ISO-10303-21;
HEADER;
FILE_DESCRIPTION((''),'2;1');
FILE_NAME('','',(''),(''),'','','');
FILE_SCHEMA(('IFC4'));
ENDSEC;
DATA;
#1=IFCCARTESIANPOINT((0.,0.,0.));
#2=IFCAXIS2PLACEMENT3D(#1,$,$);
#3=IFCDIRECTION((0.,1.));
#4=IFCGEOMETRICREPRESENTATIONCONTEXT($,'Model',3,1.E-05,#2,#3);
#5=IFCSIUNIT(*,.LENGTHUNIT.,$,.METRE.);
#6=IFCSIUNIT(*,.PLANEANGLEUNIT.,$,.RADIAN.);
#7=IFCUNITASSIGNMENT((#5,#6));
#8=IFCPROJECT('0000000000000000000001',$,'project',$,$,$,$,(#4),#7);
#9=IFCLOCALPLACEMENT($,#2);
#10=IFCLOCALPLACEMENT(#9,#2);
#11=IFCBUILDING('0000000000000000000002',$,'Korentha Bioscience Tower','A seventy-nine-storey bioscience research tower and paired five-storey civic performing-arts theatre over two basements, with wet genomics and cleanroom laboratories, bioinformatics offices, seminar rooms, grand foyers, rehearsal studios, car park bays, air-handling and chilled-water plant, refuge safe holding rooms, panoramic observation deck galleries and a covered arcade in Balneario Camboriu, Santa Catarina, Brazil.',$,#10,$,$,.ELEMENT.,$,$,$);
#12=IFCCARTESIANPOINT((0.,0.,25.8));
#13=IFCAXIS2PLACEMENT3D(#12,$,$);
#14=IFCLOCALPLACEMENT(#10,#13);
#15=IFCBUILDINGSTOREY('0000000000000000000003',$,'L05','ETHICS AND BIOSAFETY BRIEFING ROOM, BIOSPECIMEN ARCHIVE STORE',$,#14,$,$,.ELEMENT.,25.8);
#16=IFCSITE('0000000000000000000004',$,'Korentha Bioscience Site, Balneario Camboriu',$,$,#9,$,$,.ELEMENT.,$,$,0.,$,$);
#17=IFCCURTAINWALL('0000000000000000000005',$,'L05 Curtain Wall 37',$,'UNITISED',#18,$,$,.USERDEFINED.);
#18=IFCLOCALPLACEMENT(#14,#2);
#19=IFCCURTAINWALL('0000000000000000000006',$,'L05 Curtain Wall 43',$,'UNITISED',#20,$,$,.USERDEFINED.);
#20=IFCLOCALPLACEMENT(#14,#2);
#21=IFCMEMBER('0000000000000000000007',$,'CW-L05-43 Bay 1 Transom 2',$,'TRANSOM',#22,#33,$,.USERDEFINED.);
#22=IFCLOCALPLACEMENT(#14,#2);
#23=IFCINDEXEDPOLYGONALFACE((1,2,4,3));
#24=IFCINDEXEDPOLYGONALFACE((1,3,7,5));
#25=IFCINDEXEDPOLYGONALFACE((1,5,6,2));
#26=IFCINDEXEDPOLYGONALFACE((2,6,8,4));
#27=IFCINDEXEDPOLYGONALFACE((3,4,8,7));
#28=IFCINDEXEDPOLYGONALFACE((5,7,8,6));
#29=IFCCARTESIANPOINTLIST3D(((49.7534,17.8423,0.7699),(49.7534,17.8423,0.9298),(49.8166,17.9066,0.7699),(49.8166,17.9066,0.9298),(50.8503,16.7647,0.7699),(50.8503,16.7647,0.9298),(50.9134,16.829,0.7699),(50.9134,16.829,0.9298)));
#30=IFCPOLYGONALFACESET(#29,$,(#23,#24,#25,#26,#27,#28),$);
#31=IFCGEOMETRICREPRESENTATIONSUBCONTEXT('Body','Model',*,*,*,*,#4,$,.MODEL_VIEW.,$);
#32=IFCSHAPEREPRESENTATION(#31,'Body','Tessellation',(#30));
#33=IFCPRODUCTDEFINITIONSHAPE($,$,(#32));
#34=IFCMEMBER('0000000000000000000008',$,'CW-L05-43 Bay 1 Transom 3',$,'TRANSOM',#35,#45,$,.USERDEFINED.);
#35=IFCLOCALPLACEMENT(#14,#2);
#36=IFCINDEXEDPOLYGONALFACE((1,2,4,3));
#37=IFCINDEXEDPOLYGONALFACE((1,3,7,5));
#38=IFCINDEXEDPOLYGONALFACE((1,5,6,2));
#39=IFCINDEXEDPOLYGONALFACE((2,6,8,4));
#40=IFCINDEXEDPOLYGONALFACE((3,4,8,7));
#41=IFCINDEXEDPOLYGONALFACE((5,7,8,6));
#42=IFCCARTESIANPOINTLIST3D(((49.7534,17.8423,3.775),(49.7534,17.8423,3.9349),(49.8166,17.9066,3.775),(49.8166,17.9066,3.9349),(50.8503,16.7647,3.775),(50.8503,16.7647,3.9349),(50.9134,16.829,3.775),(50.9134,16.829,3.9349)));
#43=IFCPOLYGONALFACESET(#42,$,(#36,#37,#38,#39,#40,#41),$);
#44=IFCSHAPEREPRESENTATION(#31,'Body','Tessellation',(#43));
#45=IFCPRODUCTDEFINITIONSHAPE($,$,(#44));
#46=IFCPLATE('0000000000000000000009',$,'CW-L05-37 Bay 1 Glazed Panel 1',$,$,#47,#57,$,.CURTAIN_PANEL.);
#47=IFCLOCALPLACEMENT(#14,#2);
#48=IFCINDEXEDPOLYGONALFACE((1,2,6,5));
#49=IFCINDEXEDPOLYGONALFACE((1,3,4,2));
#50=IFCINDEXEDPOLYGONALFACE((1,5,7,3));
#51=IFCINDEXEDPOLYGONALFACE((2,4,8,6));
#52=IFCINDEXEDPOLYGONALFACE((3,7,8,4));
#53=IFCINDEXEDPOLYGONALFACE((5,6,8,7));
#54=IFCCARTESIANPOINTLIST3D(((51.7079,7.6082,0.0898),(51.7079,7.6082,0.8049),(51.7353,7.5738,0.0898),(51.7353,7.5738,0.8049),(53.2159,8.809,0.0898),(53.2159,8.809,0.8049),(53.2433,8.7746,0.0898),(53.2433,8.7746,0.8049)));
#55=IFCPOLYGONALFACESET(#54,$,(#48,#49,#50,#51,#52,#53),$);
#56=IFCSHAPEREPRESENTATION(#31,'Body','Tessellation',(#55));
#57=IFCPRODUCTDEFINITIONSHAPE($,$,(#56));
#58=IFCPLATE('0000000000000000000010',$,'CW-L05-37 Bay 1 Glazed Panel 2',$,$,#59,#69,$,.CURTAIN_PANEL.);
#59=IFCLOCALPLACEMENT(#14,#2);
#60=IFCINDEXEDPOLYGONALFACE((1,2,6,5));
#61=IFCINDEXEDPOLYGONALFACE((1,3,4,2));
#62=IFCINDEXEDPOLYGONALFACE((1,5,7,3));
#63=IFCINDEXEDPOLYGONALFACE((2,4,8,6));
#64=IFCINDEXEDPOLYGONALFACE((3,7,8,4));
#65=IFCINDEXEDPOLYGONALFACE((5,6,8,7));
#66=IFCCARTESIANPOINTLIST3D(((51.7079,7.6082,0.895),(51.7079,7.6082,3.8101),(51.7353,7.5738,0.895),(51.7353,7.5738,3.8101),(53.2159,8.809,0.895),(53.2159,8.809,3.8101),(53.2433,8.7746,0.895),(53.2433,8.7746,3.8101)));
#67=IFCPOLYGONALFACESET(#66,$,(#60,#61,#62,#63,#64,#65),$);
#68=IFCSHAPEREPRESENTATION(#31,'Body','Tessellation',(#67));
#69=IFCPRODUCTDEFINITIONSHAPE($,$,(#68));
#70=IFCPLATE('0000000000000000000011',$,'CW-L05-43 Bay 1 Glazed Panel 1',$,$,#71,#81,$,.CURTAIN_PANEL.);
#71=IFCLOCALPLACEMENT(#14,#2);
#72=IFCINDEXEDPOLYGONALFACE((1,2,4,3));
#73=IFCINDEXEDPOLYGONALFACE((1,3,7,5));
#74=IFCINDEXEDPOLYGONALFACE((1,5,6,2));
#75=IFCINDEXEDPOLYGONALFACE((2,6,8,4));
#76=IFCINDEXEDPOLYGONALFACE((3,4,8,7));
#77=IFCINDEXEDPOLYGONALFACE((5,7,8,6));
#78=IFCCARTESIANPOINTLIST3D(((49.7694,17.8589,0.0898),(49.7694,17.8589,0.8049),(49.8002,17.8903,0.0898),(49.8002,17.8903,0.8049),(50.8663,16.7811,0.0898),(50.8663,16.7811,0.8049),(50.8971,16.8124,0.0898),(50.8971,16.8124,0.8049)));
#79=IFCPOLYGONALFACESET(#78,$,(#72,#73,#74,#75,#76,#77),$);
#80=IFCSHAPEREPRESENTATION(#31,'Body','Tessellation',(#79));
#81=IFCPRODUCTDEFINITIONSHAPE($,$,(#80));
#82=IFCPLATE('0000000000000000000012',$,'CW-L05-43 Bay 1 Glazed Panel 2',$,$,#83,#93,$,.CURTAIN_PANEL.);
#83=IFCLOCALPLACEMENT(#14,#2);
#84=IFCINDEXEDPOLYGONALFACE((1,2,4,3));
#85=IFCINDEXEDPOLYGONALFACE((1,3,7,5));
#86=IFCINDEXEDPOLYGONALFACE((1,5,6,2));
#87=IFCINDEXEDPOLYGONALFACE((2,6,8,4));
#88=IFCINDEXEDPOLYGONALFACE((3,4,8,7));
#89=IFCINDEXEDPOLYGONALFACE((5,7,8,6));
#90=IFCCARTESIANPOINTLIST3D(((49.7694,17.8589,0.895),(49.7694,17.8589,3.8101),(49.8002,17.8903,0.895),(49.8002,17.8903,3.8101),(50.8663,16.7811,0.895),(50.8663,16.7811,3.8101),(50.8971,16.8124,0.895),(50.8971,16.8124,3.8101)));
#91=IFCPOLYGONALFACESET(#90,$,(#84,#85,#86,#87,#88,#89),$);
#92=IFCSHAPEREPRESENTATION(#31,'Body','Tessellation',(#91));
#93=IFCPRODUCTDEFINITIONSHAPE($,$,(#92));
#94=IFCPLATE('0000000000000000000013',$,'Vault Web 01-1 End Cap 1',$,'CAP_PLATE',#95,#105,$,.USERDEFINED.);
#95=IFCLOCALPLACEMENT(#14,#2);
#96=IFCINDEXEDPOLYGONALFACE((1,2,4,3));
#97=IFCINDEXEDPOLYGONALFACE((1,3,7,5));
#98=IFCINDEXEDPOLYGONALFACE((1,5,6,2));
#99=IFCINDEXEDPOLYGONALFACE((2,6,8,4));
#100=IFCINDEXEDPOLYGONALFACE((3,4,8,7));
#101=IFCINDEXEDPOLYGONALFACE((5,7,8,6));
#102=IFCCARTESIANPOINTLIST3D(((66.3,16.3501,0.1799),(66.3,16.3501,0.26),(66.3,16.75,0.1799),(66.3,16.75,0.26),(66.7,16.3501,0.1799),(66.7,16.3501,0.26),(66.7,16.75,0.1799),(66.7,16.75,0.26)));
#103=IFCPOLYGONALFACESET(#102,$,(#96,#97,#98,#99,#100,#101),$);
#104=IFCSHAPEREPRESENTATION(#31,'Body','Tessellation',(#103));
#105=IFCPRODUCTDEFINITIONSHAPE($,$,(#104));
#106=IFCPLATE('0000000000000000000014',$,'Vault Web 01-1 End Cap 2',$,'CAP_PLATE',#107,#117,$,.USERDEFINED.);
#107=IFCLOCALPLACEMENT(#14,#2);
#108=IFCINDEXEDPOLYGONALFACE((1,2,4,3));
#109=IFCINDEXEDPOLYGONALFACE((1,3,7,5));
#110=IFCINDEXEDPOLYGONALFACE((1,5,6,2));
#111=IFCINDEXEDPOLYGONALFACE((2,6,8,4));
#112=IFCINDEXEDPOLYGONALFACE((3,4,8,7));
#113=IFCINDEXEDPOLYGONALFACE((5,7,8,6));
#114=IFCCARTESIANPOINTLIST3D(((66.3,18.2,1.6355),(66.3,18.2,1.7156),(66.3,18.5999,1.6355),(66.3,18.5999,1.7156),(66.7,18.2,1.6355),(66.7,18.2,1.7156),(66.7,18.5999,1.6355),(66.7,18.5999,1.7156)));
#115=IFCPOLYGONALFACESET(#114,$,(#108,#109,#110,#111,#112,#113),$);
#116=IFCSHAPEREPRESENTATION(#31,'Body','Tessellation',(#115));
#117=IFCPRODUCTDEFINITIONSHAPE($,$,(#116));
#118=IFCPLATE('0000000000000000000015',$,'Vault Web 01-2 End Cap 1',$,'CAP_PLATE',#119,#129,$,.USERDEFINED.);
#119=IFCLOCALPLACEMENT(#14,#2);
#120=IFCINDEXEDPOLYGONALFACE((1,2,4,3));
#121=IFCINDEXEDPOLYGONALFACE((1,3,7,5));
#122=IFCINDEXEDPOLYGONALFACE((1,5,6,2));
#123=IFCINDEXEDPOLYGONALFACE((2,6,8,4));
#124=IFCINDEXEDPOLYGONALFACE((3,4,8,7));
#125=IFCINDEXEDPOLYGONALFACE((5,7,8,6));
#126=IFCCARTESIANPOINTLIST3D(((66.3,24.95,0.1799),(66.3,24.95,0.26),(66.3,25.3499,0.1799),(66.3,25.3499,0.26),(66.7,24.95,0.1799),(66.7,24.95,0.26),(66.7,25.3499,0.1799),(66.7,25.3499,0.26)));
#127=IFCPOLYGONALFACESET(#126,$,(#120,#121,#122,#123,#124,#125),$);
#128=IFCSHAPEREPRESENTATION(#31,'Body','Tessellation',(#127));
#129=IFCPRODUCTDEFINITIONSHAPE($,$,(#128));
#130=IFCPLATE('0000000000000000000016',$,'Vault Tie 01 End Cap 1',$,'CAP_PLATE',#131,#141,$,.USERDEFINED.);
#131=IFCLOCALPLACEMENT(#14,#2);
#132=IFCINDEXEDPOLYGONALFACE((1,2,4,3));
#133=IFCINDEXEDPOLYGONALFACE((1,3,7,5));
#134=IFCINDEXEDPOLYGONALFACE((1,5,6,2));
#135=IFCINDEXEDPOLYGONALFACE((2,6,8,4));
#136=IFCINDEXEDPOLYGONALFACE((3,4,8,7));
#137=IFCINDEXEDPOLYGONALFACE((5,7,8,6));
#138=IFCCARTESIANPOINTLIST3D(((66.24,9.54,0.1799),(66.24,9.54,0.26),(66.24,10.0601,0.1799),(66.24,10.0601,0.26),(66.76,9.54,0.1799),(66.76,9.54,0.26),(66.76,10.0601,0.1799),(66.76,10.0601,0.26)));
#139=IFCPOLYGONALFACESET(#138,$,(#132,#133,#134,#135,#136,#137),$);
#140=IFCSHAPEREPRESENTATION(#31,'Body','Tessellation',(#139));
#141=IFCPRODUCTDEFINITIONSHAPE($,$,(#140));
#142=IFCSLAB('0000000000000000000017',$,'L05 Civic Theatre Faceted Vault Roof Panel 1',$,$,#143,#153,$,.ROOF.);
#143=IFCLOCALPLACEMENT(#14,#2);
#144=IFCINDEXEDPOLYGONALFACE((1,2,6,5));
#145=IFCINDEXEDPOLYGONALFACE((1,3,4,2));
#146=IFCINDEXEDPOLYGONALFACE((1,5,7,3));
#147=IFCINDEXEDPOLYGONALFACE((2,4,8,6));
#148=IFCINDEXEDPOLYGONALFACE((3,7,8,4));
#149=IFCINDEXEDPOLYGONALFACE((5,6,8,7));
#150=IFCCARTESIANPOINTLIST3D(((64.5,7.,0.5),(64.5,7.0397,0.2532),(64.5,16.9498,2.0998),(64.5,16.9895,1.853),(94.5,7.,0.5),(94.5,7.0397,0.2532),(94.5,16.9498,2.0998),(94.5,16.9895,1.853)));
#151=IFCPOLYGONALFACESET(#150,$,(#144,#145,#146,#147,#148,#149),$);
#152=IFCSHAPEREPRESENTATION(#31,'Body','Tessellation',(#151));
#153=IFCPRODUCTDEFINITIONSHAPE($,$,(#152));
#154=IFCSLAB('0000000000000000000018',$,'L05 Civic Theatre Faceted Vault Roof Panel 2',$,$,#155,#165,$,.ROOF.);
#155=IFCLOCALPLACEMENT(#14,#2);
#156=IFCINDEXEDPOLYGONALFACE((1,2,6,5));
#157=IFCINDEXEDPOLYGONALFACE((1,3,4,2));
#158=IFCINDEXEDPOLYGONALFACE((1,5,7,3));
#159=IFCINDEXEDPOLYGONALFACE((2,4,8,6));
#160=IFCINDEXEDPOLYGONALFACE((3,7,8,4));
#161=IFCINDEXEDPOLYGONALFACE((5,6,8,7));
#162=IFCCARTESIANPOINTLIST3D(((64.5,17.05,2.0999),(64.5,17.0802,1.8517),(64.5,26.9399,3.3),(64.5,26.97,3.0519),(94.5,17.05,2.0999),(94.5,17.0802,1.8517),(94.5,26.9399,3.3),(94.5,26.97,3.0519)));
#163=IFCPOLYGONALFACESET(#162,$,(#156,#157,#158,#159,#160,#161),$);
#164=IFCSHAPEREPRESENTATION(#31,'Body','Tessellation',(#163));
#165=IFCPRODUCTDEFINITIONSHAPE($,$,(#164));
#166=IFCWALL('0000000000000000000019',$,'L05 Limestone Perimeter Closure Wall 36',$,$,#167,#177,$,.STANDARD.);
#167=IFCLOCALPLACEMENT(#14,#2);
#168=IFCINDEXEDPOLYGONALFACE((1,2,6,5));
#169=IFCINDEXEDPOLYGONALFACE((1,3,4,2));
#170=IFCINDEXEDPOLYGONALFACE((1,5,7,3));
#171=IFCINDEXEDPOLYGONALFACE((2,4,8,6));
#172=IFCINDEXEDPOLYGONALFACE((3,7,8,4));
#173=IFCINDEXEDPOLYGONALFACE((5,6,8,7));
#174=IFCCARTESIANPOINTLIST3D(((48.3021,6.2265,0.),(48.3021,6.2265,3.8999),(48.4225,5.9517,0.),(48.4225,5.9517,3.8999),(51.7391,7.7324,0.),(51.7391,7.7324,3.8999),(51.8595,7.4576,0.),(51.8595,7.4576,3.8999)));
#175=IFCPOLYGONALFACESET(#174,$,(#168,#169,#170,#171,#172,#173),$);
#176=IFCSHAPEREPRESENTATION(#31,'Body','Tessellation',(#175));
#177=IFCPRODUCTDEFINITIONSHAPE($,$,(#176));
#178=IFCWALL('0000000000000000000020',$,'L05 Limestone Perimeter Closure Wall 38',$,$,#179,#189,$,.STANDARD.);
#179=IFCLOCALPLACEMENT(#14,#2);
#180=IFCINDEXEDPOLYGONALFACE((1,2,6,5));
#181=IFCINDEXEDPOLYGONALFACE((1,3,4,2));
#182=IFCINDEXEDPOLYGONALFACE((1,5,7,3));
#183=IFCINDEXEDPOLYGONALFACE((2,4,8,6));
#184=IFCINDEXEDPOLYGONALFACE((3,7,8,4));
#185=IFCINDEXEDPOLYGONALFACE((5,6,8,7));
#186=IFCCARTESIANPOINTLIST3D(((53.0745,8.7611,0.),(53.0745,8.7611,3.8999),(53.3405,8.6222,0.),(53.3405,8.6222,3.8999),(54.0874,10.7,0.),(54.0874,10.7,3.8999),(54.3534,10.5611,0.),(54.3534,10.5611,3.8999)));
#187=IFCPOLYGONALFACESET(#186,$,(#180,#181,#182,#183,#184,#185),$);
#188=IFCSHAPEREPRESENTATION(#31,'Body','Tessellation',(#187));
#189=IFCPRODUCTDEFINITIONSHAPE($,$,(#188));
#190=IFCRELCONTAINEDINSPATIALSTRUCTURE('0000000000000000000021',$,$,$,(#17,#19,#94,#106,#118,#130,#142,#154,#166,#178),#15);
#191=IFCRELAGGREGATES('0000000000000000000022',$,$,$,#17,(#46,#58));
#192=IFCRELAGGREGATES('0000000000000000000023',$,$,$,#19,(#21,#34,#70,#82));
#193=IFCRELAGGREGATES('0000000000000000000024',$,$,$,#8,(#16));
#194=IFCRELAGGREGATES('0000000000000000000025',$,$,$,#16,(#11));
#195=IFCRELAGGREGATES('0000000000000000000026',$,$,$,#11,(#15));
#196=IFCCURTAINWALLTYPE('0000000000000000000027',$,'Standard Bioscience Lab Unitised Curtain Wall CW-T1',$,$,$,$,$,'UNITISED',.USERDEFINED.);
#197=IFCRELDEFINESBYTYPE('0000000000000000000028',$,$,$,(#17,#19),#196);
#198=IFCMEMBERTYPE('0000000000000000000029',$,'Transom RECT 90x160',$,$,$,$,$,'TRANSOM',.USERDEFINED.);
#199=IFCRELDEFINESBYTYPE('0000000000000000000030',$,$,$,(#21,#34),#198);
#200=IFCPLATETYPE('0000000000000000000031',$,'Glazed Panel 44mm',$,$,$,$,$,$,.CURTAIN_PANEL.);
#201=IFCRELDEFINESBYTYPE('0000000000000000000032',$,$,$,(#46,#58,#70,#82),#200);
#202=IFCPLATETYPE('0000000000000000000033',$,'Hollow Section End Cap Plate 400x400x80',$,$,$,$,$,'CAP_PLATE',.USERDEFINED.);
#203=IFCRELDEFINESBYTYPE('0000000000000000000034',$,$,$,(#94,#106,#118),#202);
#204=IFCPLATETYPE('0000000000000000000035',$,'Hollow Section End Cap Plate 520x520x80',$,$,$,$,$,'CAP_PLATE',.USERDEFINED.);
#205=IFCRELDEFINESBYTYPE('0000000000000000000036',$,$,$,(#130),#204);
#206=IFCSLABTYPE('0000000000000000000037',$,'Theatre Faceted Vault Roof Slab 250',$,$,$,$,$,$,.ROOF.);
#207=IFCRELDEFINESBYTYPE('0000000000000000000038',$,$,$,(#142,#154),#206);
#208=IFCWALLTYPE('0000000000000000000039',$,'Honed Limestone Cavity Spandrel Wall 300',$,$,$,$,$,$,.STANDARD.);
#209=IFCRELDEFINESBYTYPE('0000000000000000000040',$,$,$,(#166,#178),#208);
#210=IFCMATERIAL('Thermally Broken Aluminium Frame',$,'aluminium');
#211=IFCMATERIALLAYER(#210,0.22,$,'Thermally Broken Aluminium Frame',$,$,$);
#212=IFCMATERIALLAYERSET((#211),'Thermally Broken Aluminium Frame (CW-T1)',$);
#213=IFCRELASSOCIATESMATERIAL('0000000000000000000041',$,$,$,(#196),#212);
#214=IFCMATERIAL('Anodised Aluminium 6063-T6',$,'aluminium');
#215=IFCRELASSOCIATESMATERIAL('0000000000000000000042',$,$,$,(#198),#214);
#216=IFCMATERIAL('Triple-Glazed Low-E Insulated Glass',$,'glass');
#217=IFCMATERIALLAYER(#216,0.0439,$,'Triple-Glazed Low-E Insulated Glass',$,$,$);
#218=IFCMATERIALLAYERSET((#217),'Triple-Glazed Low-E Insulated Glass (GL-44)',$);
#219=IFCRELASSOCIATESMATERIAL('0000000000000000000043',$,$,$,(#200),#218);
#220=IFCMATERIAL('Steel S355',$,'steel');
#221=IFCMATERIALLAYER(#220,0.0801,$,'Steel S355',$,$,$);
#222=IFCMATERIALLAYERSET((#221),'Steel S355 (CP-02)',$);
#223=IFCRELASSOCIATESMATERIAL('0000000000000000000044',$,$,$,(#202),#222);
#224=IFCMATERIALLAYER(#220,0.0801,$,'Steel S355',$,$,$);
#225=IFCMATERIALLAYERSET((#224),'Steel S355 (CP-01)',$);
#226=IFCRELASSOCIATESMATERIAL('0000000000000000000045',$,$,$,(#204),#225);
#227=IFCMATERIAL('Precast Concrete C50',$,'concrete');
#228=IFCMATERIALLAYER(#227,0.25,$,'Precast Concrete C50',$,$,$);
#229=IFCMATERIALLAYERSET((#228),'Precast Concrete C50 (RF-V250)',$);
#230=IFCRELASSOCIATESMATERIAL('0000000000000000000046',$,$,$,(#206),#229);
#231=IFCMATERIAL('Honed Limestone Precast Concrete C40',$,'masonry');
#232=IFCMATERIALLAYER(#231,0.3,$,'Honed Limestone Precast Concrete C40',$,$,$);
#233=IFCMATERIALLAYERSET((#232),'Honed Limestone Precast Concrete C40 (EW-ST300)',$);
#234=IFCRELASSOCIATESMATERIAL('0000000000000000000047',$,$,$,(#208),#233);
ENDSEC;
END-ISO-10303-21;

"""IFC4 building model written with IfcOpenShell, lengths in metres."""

from ifc_helpers import new_model, si_unit, direction, frame, frame_2d, origin, origin_2d, place, context, subcontext, project, spatial, polyline, rectangle, outline, extrude, material, layer, layer_set, material_profile, profile_set, type_object, element, aggregate, save


model = new_model("IFC4")

# Units and contexts
model_context = context("Model", 3, precision=1e-05, world=origin(), true_north=direction((0.0, 1.0)))
body_context = subcontext(model_context, "Body", "Model", "MODEL_VIEW")
ifc_project = project(units=[si_unit("LENGTHUNIT", "METRE"), si_unit("PLANEANGLEUNIT", "RADIAN")], contexts=[model_context])

# Site, building, storey
site_placement = place(None, origin())
site = spatial("IfcSite", under=ifc_project, at=site_placement, Name="Korentha Bioscience Site, Balneario Camboriu", CompositionType="ELEMENT", RefElevation=0.0)
building_placement = place(site_placement, origin())
building = spatial("IfcBuilding", under=site, at=building_placement, Name="Korentha Bioscience Tower", Description="A seventy-nine-storey bioscience research tower and paired five-storey civic performing-arts theatre over two basements, with wet genomics and cleanroom laboratories, bioinformatics offices, seminar rooms, grand foyers, rehearsal studios, car park bays, air-handling and chilled-water plant, refuge safe holding rooms, panoramic observation deck galleries and a covered arcade in Balneario Camboriu, Santa Catarina, Brazil.", CompositionType="ELEMENT")
storey_placement = place(building_placement, frame((0.0, 0.0, 25.8)))
storey = spatial("IfcBuildingStorey", under=building, at=storey_placement, Name="L05", Description="ETHICS AND BIOSAFETY BRIEFING ROOM, BIOSPECIMEN ARCHIVE STORE", CompositionType="ELEMENT", Elevation=25.8)

# Shared definitions
ifc_material_1 = material(Name="Steel S355", Category="steel")

# Curtain walls
ifc_material_2 = material(Name="Thermally Broken Aluminium Frame", Category="aluminium")
ifc_layer_1 = layer(ifc_material_2, 0.22, Name="Thermally Broken Aluminium Frame")
ifc_layer_set_1 = layer_set([ifc_layer_1], Name="Thermally Broken Aluminium Frame (CW-T1)")
curtain_wall_type = type_object("IfcCurtainWallType", Name="Standard Bioscience Lab Unitised Curtain Wall CW-T1", ElementType="UNITISED", PredefinedType="USERDEFINED", material=ifc_layer_set_1)
curtain_wall_1_placement = place(storey_placement, origin())
curtain_wall_1 = element("IfcCurtainWall", 1, at=curtain_wall_1_placement, inside=storey, type_object=curtain_wall_type, Name="L05 Curtain Wall 37", ObjectType="UNITISED", PredefinedType="USERDEFINED")
ifc_material_3 = material(Name="Anodised Aluminium 6063-T6", Category="aluminium")
curtain_wall_2_placement = place(storey_placement, origin())
curtain_wall_2 = element("IfcCurtainWall", 2, at=curtain_wall_2_placement, inside=storey, type_object=curtain_wall_type, Name="L05 Curtain Wall 43", ObjectType="UNITISED", PredefinedType="USERDEFINED")

# Members
ifc_material_profile_1 = material_profile(ifc_material_3, rectangle(XDim=0.0901, YDim=0.1599, at=origin_2d()), Name="Anodised Aluminium 6063-T6")
ifc_profile_set_1 = profile_set([ifc_material_profile_1], Name="Anodised Aluminium 6063-T6 (CW-TRN)")
member_type_1 = type_object("IfcMemberType", Name="Transom RECT 90x160", ElementType="TRANSOM", PredefinedType="USERDEFINED", material=ifc_profile_set_1)
member_1_placement = place(storey_placement, frame((50.8818, 16.7969, 0.8499), z_axis=(-0.71335, 0.700808, 0.0), x_axis=(-0.700808, -0.71335, 0.0)))
member_1 = element("IfcMember", 3, at=member_1_placement, type_object=member_type_1, Name="CW-L05-43 Bay 1 Transom 2", ObjectType="TRANSOM", PredefinedType="USERDEFINED", context=body_context, shape_type="SweptSolid", body=[
    extrude(rectangle(XDim=0.0901, YDim=0.1599, at=origin_2d()), origin(), (0.0, 0.0, 1.0), 1.5376),
])
member_2_placement = place(storey_placement, frame((50.8818, 16.7969, 3.855), z_axis=(-0.71335, 0.700808, 0.0), x_axis=(-0.700808, -0.71335, 0.0)))
member_2 = element("IfcMember", 4, at=member_2_placement, type_object=member_type_1, Name="CW-L05-43 Bay 1 Transom 3", ObjectType="TRANSOM", PredefinedType="USERDEFINED", context=body_context, shape_type="SweptSolid", body=[
    extrude(rectangle(XDim=0.0901, YDim=0.1599, at=origin_2d()), origin(), (0.0, 0.0, 1.0), 1.5376),
])

# Plates
ifc_material_4 = material(Name="Triple-Glazed Low-E Insulated Glass", Category="glass")
ifc_layer_2 = layer(ifc_material_4, 0.0439, Name="Triple-Glazed Low-E Insulated Glass")
ifc_layer_set_2 = layer_set([ifc_layer_2], Name="Triple-Glazed Low-E Insulated Glass (GL-44)")
plate_type_1 = type_object("IfcPlateType", Name="Glazed Panel 44mm", PredefinedType="CURTAIN_PANEL", material=ifc_layer_set_2)
plate_1_placement = place(storey_placement, frame((52.4756, 8.1914, 0.0898), z_axis=(0.0, 0.0, 1.0), x_axis=(0.782288, 0.622917, 0.0)))
plate_1 = element("IfcPlate", 5, at=plate_1_placement, type_object=plate_type_1, Name="CW-L05-37 Bay 1 Glazed Panel 1", PredefinedType="CURTAIN_PANEL", context=body_context, shape_type="SweptSolid", body=[
    extrude(rectangle(XDim=1.9277, YDim=0.0439, at=origin_2d()), origin(), (0.0, 0.0, 1.0), 0.7151),
])
plate_2_placement = place(storey_placement, frame((52.4756, 8.1914, 0.895), z_axis=(0.0, 0.0, 1.0), x_axis=(0.782288, 0.622917, 0.0)))
plate_2 = element("IfcPlate", 6, at=plate_2_placement, type_object=plate_type_1, Name="CW-L05-37 Bay 1 Glazed Panel 2", PredefinedType="CURTAIN_PANEL", context=body_context, shape_type="SweptSolid", body=[
    extrude(rectangle(XDim=1.9277, YDim=0.0439, at=origin_2d()), origin(), (0.0, 0.0, 1.0), 2.915),
])
aggregate(curtain_wall_1, [plate_1, plate_2])
plate_3_placement = place(storey_placement, frame((50.3333, 17.3357, 0.0898), z_axis=(0.0, 0.0, 1.0), x_axis=(-0.713279, 0.70088, 0.0)))
plate_3 = element("IfcPlate", 7, at=plate_3_placement, type_object=plate_type_1, Name="CW-L05-43 Bay 1 Glazed Panel 1", PredefinedType="CURTAIN_PANEL", context=body_context, shape_type="SweptSolid", body=[
    extrude(rectangle(XDim=1.5378, YDim=0.0439, at=origin_2d()), origin(), (0.0, 0.0, 1.0), 0.7151),
])
plate_4_placement = place(storey_placement, frame((50.3333, 17.3357, 0.895), z_axis=(0.0, 0.0, 1.0), x_axis=(-0.713279, 0.70088, 0.0)))
plate_4 = element("IfcPlate", 8, at=plate_4_placement, type_object=plate_type_1, Name="CW-L05-43 Bay 1 Glazed Panel 2", PredefinedType="CURTAIN_PANEL", context=body_context, shape_type="SweptSolid", body=[
    extrude(rectangle(XDim=1.5378, YDim=0.0439, at=origin_2d()), origin(), (0.0, 0.0, 1.0), 2.915),
])
aggregate(curtain_wall_2, [member_1, member_2, plate_3, plate_4])

# Plates
ifc_layer_3 = layer(ifc_material_1, 0.0801, Name="Steel S355")
ifc_layer_set_3 = layer_set([ifc_layer_3], Name="Steel S355 (CP-02)")
plate_type_2 = type_object("IfcPlateType", Name="Hollow Section End Cap Plate 400x400x80", ElementType="CAP_PLATE", PredefinedType="USERDEFINED", material=ifc_layer_set_3)
for number, where, z_axis, x_axis, name in (
    (9, (66.5, 16.55, 0.1799), (0.0, 0.0, 1.0), (0.0, 1.0, 0.0), "Vault Web 01-1 End Cap 1"),
    (10, (66.5, 18.3999, 1.6355), (0.0, 0.0, 1.0), (0.0, 1.0, 0.0), "Vault Web 01-1 End Cap 2"),
    (11, (66.5, 25.1499, 0.1799), (0.0, 0.0, 1.0), (0.0, 1.0, 0.0), "Vault Web 01-2 End Cap 1"),
):
    element("IfcPlate", number, at=place(storey_placement, frame(where, z_axis=z_axis, x_axis=x_axis)), inside=storey, type_object=plate_type_2, Name=name, ObjectType="CAP_PLATE", PredefinedType="USERDEFINED", context=body_context, shape_type="SweptSolid", body=[
        extrude(rectangle(XDim=0.3999, YDim=0.3999, at=origin_2d()), origin(), (0.0, 0.0, 1.0), 0.0801),
    ])
ifc_layer_4 = layer(ifc_material_1, 0.0801, Name="Steel S355")
ifc_layer_set_4 = layer_set([ifc_layer_4], Name="Steel S355 (CP-01)")
plate_type_3 = type_object("IfcPlateType", Name="Hollow Section End Cap Plate 520x520x80", ElementType="CAP_PLATE", PredefinedType="USERDEFINED", material=ifc_layer_set_4)
plate_5_placement = place(storey_placement, frame((66.5, 9.8, 0.1799), z_axis=(0.0, 0.0, 1.0), x_axis=(0.0, 1.0, 0.0)))
element("IfcPlate", 12, at=plate_5_placement, inside=storey, type_object=plate_type_3, Name="Vault Tie 01 End Cap 1", ObjectType="CAP_PLATE", PredefinedType="USERDEFINED", context=body_context, shape_type="SweptSolid", body=[
    extrude(rectangle(XDim=0.52, YDim=0.52, at=origin_2d()), origin(), (0.0, 0.0, 1.0), 0.0801),
])

# Slabs
ifc_material_5 = material(Name="Precast Concrete C50", Category="concrete")
ifc_layer_5 = layer(ifc_material_5, 0.25, Name="Precast Concrete C50")
ifc_layer_set_5 = layer_set([ifc_layer_5], Name="Precast Concrete C50 (RF-V250)")
slab_type = type_object("IfcSlabType", Name="Theatre Faceted Vault Roof Slab 250", PredefinedType="ROOF", material=ifc_layer_set_5)
slab_1_placement = place(storey_placement, frame((64.5, 7.0, 0.5), z_axis=(0.0, -0.158751, 0.987319), x_axis=(1.0, 0.0, 0.0)))
element("IfcSlab", 13, at=slab_1_placement, inside=storey, type_object=slab_type, Name="L05 Civic Theatre Faceted Vault Roof Panel 1", PredefinedType="ROOF", context=body_context, shape_type="SweptSolid", body=[
    extrude(outline(polyline([(0.0, 0.0), (30.0, 0.0), (30.0, 10.0776), (0.0, 10.0776), (0.0, 0.0)])), origin(), (0.0, 0.0, -1.0), 0.25),
])
slab_2_placement = place(storey_placement, frame((64.5, 17.05, 2.0999), z_axis=(0.0, -0.120472, 0.992717), x_axis=(1.0, 0.0, 0.0)))
element("IfcSlab", 14, at=slab_2_placement, inside=storey, type_object=slab_type, Name="L05 Civic Theatre Faceted Vault Roof Panel 2", PredefinedType="ROOF", context=body_context, shape_type="SweptSolid", body=[
    extrude(outline(polyline([(0.0, 0.0), (30.0, 0.0), (30.0, 9.9624), (0.0, 9.9624), (0.0, 0.0)])), origin(), (0.0, 0.0, -1.0), 0.25),
])

# Walls
ifc_material_6 = material(Name="Honed Limestone Precast Concrete C40", Category="masonry")
ifc_layer_6 = layer(ifc_material_6, 0.3, Name="Honed Limestone Precast Concrete C40")
ifc_layer_set_6 = layer_set([ifc_layer_6], Name="Honed Limestone Precast Concrete C40 (EW-ST300)")
wall_type = type_object("IfcWallType", Name="Honed Limestone Cavity Spandrel Wall 300", PredefinedType="STANDARD", material=ifc_layer_set_6)
wall_1_placement = place(storey_placement, frame((48.3623, 6.0891, 0.0), z_axis=(0.0, 0.0, 1.0), x_axis=(0.915945, 0.401303, 0.0)))
element("IfcWall", 15, at=wall_1_placement, inside=storey, type_object=wall_type, Name="L05 Limestone Perimeter Closure Wall 36", PredefinedType="STANDARD", context=body_context, shape_type="SweptSolid", body=[
    extrude(rectangle(XDim=3.7524, YDim=0.3, at=frame_2d((1.8762, 0.0))), origin(), (0.0, 0.0, 1.0), 3.8999),
])
wall_2_placement = place(storey_placement, frame((53.2075, 8.6917, 0.0), z_axis=(0.0, 0.0, 1.0), x_axis=(0.463035, 0.88634, 0.0)))
element("IfcWall", 16, at=wall_2_placement, inside=storey, type_object=wall_type, Name="L05 Limestone Perimeter Closure Wall 38", PredefinedType="STANDARD", context=body_context, shape_type="SweptSolid", body=[
    extrude(rectangle(XDim=2.1875, YDim=0.3, at=frame_2d((1.0938, 0.0))), origin(), (0.0, 0.0, 1.0), 3.8999),
])

save(model, "model.ifc")
